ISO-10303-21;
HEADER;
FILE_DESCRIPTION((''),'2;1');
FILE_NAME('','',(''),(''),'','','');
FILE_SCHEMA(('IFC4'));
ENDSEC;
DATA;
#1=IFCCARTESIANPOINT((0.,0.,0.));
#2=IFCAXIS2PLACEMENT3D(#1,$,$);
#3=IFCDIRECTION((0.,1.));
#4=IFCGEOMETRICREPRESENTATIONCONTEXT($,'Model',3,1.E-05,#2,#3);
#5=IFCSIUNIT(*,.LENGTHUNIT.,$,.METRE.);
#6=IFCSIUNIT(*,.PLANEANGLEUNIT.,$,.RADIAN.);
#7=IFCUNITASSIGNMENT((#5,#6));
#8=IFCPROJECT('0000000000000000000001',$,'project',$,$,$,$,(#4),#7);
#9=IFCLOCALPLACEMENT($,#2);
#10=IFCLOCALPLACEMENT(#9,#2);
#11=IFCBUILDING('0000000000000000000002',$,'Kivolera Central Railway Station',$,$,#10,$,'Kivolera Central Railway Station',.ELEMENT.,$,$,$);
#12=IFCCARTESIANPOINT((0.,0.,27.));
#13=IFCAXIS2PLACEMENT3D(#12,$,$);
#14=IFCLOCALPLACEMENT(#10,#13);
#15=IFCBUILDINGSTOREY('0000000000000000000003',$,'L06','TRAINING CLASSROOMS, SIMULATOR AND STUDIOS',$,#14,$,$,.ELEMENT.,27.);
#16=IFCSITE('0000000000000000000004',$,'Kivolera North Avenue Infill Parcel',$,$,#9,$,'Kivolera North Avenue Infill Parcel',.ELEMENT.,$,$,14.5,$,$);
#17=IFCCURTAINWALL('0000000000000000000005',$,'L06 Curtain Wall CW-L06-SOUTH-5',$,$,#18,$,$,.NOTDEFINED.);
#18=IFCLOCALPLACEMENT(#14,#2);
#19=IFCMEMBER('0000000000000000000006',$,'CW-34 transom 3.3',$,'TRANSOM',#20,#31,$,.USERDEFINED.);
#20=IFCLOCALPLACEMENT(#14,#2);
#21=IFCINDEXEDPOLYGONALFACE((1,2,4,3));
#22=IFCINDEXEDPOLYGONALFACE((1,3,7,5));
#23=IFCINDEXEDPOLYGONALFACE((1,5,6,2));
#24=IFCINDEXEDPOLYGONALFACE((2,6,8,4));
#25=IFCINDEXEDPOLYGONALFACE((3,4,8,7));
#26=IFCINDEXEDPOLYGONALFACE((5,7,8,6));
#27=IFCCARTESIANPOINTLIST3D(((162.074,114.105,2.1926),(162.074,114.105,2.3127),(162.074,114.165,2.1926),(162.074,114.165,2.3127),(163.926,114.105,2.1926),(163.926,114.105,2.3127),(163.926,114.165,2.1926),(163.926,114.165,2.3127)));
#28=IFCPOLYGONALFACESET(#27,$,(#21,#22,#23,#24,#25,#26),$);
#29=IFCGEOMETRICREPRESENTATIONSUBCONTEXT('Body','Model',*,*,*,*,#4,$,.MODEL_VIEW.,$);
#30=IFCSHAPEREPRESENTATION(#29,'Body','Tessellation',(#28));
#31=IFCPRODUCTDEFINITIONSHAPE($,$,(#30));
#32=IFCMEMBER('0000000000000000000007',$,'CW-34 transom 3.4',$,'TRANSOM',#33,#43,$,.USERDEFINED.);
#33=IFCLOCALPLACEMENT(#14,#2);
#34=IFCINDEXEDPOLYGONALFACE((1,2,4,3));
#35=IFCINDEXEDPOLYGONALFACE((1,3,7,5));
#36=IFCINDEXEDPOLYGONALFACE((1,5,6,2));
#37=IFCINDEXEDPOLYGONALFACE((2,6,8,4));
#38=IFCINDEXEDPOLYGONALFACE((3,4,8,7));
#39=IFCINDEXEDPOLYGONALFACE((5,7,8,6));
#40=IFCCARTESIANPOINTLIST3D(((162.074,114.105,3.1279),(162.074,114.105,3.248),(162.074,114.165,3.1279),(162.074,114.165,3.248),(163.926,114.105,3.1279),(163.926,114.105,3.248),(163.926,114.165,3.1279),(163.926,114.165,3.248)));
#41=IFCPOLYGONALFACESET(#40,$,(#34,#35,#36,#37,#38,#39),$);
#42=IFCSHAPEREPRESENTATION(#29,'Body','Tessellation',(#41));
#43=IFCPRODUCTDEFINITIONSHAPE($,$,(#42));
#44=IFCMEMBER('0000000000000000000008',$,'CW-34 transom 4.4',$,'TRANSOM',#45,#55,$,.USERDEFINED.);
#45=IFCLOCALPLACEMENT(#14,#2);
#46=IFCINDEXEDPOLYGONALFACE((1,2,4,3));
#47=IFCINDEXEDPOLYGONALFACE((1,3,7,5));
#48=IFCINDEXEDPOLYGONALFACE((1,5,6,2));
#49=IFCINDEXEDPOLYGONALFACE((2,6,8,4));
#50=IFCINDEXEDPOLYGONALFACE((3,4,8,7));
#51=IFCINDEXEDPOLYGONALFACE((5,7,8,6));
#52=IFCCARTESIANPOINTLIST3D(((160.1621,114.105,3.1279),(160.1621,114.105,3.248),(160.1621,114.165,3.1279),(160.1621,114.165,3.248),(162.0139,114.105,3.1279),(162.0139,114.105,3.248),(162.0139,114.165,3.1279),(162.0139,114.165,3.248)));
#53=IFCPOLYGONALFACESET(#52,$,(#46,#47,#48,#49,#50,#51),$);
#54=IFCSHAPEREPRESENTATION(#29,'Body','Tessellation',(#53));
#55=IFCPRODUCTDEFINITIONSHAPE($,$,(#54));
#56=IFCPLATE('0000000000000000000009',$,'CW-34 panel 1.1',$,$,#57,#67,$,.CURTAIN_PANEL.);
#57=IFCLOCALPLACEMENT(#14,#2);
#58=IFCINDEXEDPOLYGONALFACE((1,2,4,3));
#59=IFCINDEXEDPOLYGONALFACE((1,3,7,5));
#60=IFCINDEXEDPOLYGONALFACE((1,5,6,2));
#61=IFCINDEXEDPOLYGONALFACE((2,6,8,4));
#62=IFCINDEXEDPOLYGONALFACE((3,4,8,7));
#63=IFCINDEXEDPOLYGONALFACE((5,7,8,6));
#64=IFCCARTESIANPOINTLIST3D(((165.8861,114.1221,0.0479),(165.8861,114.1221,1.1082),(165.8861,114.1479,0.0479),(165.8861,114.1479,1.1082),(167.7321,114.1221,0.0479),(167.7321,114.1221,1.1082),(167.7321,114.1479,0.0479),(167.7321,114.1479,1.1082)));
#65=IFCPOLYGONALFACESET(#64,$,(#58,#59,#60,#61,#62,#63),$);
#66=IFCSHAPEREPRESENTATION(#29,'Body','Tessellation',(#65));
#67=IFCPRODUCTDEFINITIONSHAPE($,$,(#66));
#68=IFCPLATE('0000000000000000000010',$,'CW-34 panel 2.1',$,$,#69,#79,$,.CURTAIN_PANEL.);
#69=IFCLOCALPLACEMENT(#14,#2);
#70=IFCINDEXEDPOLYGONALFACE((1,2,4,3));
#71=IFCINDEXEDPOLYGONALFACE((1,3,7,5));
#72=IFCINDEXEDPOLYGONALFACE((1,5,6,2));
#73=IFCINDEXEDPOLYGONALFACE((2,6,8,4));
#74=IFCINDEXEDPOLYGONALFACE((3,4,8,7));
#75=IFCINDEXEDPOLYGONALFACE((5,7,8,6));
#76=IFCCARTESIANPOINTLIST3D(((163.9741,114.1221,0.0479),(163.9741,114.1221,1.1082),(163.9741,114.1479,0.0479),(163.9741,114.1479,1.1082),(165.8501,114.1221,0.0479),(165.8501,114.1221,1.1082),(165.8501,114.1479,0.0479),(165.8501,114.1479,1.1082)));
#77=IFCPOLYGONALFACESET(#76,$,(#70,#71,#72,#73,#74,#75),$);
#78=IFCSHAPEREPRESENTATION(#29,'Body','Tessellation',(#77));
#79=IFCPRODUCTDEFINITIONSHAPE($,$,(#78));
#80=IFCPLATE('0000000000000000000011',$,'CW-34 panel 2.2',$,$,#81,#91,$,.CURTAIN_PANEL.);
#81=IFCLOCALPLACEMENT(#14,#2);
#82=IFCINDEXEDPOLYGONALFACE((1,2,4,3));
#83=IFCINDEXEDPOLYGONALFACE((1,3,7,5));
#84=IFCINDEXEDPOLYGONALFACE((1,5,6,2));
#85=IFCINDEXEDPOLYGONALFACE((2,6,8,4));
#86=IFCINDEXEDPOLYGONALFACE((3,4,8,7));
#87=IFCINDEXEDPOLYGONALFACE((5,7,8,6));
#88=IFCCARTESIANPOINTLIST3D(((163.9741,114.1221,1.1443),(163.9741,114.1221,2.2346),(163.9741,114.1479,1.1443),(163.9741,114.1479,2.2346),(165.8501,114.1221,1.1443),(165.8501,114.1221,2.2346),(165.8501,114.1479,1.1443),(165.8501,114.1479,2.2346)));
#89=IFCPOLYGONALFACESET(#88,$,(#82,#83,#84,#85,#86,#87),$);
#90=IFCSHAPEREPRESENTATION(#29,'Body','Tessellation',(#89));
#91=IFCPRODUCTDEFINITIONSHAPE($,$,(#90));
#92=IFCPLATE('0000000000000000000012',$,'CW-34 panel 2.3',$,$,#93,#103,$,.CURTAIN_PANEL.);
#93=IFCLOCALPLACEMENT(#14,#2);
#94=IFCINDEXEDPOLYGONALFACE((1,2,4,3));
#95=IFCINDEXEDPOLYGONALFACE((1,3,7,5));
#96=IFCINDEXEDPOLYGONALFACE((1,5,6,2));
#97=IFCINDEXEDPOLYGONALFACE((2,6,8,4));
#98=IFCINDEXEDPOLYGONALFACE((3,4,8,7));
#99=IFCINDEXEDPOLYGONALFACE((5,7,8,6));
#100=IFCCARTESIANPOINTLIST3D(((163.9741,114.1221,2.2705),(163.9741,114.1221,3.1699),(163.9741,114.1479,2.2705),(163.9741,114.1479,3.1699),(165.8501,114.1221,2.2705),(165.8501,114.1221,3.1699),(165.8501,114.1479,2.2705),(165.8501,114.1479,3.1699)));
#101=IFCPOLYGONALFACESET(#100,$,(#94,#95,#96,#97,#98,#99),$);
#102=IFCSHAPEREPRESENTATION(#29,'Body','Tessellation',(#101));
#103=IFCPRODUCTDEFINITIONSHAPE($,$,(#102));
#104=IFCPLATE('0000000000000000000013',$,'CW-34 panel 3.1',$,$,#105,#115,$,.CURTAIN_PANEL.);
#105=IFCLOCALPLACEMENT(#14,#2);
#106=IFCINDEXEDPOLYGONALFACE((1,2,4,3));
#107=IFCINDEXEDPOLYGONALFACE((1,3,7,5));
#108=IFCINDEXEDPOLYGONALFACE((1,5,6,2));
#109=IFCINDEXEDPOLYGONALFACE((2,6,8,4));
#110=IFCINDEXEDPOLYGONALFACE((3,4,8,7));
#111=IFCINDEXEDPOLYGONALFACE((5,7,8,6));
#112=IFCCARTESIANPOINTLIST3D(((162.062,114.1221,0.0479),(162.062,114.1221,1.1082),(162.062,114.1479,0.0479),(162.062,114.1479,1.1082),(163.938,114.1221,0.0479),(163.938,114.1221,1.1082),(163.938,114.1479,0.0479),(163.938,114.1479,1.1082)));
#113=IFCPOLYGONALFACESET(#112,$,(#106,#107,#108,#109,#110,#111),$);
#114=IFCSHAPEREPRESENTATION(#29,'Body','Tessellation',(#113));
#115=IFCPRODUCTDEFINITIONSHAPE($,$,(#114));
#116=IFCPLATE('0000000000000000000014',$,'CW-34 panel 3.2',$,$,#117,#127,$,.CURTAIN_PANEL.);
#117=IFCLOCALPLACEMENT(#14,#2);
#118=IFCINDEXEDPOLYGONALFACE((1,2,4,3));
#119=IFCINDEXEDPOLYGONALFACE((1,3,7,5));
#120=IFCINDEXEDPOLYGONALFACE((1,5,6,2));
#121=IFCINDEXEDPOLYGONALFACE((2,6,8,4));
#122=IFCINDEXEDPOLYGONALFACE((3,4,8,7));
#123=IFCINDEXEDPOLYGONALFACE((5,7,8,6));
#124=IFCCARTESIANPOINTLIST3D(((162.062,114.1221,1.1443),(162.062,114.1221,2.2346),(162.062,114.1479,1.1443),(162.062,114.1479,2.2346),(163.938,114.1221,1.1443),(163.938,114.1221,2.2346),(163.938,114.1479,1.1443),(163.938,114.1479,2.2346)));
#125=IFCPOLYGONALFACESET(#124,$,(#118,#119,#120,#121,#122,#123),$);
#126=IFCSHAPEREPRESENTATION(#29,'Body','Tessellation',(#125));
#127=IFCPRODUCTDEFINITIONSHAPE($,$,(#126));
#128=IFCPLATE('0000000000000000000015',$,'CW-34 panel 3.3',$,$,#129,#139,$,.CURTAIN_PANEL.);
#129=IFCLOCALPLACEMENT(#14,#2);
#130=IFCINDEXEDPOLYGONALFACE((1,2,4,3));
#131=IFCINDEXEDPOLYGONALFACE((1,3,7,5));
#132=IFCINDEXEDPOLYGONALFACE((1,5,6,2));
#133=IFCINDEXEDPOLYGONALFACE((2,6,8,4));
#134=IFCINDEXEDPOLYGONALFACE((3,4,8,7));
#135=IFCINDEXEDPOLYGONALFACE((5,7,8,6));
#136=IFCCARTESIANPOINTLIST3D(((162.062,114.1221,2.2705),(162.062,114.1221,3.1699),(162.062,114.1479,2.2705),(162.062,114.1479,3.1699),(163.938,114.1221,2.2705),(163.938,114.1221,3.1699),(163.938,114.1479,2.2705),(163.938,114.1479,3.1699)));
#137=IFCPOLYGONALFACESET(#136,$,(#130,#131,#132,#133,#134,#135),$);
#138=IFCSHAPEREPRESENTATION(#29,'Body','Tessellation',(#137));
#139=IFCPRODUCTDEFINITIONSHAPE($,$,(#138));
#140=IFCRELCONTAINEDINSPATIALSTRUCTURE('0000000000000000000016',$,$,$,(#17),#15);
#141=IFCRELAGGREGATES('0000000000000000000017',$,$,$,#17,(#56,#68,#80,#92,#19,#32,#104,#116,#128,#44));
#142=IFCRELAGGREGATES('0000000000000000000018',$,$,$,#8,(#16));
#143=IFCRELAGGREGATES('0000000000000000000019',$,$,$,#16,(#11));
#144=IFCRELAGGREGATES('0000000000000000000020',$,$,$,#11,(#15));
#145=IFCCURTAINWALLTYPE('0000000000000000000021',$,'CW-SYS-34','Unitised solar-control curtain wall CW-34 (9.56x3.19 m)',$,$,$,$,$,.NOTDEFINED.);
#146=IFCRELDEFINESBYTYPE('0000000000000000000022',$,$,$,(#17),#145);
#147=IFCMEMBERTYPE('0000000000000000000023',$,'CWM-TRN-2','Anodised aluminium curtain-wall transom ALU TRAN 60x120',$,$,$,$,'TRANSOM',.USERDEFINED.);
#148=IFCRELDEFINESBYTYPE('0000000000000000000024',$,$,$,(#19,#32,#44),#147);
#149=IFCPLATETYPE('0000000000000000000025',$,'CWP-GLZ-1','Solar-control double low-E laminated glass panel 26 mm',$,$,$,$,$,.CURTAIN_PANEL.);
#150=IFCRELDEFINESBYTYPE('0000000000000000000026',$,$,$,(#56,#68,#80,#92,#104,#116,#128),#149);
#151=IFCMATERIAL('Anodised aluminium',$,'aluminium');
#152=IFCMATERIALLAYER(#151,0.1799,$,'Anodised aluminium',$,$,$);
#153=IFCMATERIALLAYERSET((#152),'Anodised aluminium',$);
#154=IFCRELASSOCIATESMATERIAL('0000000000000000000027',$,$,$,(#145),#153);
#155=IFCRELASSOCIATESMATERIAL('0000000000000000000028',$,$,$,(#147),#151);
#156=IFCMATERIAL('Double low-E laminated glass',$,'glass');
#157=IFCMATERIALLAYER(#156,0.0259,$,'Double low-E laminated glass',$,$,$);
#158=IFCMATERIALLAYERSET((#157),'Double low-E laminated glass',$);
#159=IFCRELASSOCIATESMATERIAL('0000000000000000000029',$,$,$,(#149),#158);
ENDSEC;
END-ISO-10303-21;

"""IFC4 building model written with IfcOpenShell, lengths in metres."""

from ifc_helpers import new_model, si_unit, direction, frame, origin, origin_2d, place, context, subcontext, project, spatial, rectangle, extrude, material, layer, layer_set, material_profile, profile_set, type_object, element, aggregate, save


model = new_model("IFC4")

# Units and contexts
model_context = context("Model", 3, precision=1e-05, world=origin(), true_north=direction((0.0, 1.0)))
body_context = subcontext(model_context, "Body", "Model", "MODEL_VIEW")
ifc_project = project(units=[si_unit("LENGTHUNIT", "METRE"), si_unit("PLANEANGLEUNIT", "RADIAN")], contexts=[model_context])

# Site, building, storey
site_placement = place(None, origin())
site = spatial("IfcSite", under=ifc_project, at=site_placement, Name="Kivolera North Avenue Infill Parcel", LongName="Kivolera North Avenue Infill Parcel", CompositionType="ELEMENT", RefElevation=14.5)
building_placement = place(site_placement, origin())
building = spatial("IfcBuilding", under=site, at=building_placement, Name="Kivolera Central Railway Station", LongName="Kivolera Central Railway Station", CompositionType="ELEMENT")
storey_placement = place(building_placement, frame((0.0, 0.0, 27.0)))
storey = spatial("IfcBuildingStorey", under=building, at=storey_placement, Name="L06", Description="TRAINING CLASSROOMS, SIMULATOR AND STUDIOS", CompositionType="ELEMENT", Elevation=27.0)

# Curtain wall, members, plates
ifc_material_1 = material(Name="Anodised aluminium", Category="aluminium")
ifc_layer_1 = layer(ifc_material_1, 0.1799, Name="Anodised aluminium")
ifc_layer_set_1 = layer_set([ifc_layer_1], Name="Anodised aluminium")
curtain_wall_type = type_object("IfcCurtainWallType", Name="CW-SYS-34", Description="Unitised solar-control curtain wall CW-34 (9.56x3.19 m)", PredefinedType="NOTDEFINED", material=ifc_layer_set_1)
curtain_wall_placement = place(storey_placement, origin())
curtain_wall = element("IfcCurtainWall", 1, at=curtain_wall_placement, inside=storey, type_object=curtain_wall_type, Name="L06 Curtain Wall CW-L06-SOUTH-5", PredefinedType="NOTDEFINED")
ifc_material_profile_1 = material_profile(ifc_material_1, rectangle(XDim=0.0601, YDim=0.1201, at=origin_2d()), Name="ALU TRAN 60x120")
ifc_profile_set_1 = profile_set([ifc_material_profile_1], Name="Anodised aluminium")
member_type_1 = type_object("IfcMemberType", Name="CWM-TRN-2", Description="Anodised aluminium curtain-wall transom ALU TRAN 60x120", ElementType="TRANSOM", PredefinedType="USERDEFINED", material=ifc_profile_set_1)
member_1_placement = place(storey_placement, frame((163.926, 114.135, 2.2527), z_axis=(-1.0, 0.0, 0.0), x_axis=(0.0, -1.0, 0.0)))
member_1 = element("IfcMember", 2, at=member_1_placement, type_object=member_type_1, Name="CW-34 transom 3.3", ObjectType="TRANSOM", PredefinedType="USERDEFINED", context=body_context, shape_type="SweptSolid", body=[
    extrude(rectangle(XDim=0.0601, YDim=0.1201, at=origin_2d()), origin(), (0.0, 0.0, 1.0), 1.8521),
])
member_2_placement = place(storey_placement, frame((163.926, 114.135, 3.188), z_axis=(-1.0, 0.0, 0.0), x_axis=(0.0, -1.0, 0.0)))
member_2 = element("IfcMember", 3, at=member_2_placement, type_object=member_type_1, Name="CW-34 transom 3.4", ObjectType="TRANSOM", PredefinedType="USERDEFINED", context=body_context, shape_type="SweptSolid", body=[
    extrude(rectangle(XDim=0.0601, YDim=0.1201, at=origin_2d()), origin(), (0.0, 0.0, 1.0), 1.8521),
])
member_3_placement = place(storey_placement, frame((162.0139, 114.135, 3.188), z_axis=(-1.0, 0.0, 0.0), x_axis=(0.0, -1.0, 0.0)))
member_3 = element("IfcMember", 4, at=member_3_placement, type_object=member_type_1, Name="CW-34 transom 4.4", ObjectType="TRANSOM", PredefinedType="USERDEFINED", context=body_context, shape_type="SweptSolid", body=[
    extrude(rectangle(XDim=0.0601, YDim=0.1201, at=origin_2d()), origin(), (0.0, 0.0, 1.0), 1.8518),
])
ifc_material_2 = material(Name="Double low-E laminated glass", Category="glass")
ifc_layer_2 = layer(ifc_material_2, 0.0259, Name="Double low-E laminated glass")
ifc_layer_set_2 = layer_set([ifc_layer_2], Name="Double low-E laminated glass")
plate_type = type_object("IfcPlateType", Name="CWP-GLZ-1", Description="Solar-control double low-E laminated glass panel 26 mm", PredefinedType="CURTAIN_PANEL", material=ifc_layer_set_2)
plate_1_placement = place(storey_placement, frame((166.8091, 114.135, 0.0479), z_axis=(0.0, 0.0, 1.0), x_axis=(-1.0, 0.0, 0.0)))
plate_1 = element("IfcPlate", 5, at=plate_1_placement, type_object=plate_type, Name="CW-34 panel 1.1", PredefinedType="CURTAIN_PANEL", context=body_context, shape_type="SweptSolid", body=[
    extrude(rectangle(XDim=1.8459, YDim=0.0259, at=origin_2d()), origin(), (0.0, 0.0, 1.0), 1.0603),
])
plate_2_placement = place(storey_placement, frame((164.9121, 114.135, 0.0479), z_axis=(0.0, 0.0, 1.0), x_axis=(-1.0, 0.0, 0.0)))
plate_2 = element("IfcPlate", 6, at=plate_2_placement, type_object=plate_type, Name="CW-34 panel 2.1", PredefinedType="CURTAIN_PANEL", context=body_context, shape_type="SweptSolid", body=[
    extrude(rectangle(XDim=1.876, YDim=0.0259, at=origin_2d()), origin(), (0.0, 0.0, 1.0), 1.0603),
])
plate_3_placement = place(storey_placement, frame((164.9121, 114.135, 1.1443), z_axis=(0.0, 0.0, 1.0), x_axis=(-1.0, 0.0, 0.0)))
plate_3 = element("IfcPlate", 7, at=plate_3_placement, type_object=plate_type, Name="CW-34 panel 2.2", PredefinedType="CURTAIN_PANEL", context=body_context, shape_type="SweptSolid", body=[
    extrude(rectangle(XDim=1.876, YDim=0.0259, at=origin_2d()), origin(), (0.0, 0.0, 1.0), 1.0903),
])
plate_4_placement = place(storey_placement, frame((164.9121, 114.135, 2.2705), z_axis=(0.0, 0.0, 1.0), x_axis=(-1.0, 0.0, 0.0)))
plate_4 = element("IfcPlate", 8, at=plate_4_placement, type_object=plate_type, Name="CW-34 panel 2.3", PredefinedType="CURTAIN_PANEL", context=body_context, shape_type="SweptSolid", body=[
    extrude(rectangle(XDim=1.876, YDim=0.0259, at=origin_2d()), origin(), (0.0, 0.0, 1.0), 0.8994),
])
plate_5_placement = place(storey_placement, frame((163.0, 114.135, 0.0479), z_axis=(0.0, 0.0, 1.0), x_axis=(-1.0, 0.0, 0.0)))
plate_5 = element("IfcPlate", 9, at=plate_5_placement, type_object=plate_type, Name="CW-34 panel 3.1", PredefinedType="CURTAIN_PANEL", context=body_context, shape_type="SweptSolid", body=[
    extrude(rectangle(XDim=1.876, YDim=0.0259, at=origin_2d()), origin(), (0.0, 0.0, 1.0), 1.0603),
])
plate_6_placement = place(storey_placement, frame((163.0, 114.135, 1.1443), z_axis=(0.0, 0.0, 1.0), x_axis=(-1.0, 0.0, 0.0)))
plate_6 = element("IfcPlate", 10, at=plate_6_placement, type_object=plate_type, Name="CW-34 panel 3.2", PredefinedType="CURTAIN_PANEL", context=body_context, shape_type="SweptSolid", body=[
    extrude(rectangle(XDim=1.876, YDim=0.0259, at=origin_2d()), origin(), (0.0, 0.0, 1.0), 1.0903),
])
plate_7_placement = place(storey_placement, frame((163.0, 114.135, 2.2705), z_axis=(0.0, 0.0, 1.0), x_axis=(-1.0, 0.0, 0.0)))
plate_7 = element("IfcPlate", 11, at=plate_7_placement, type_object=plate_type, Name="CW-34 panel 3.3", PredefinedType="CURTAIN_PANEL", context=body_context, shape_type="SweptSolid", body=[
    extrude(rectangle(XDim=1.876, YDim=0.0259, at=origin_2d()), origin(), (0.0, 0.0, 1.0), 0.8994),
])
aggregate(curtain_wall, [plate_1, plate_2, plate_3, plate_4, member_1, member_2, plate_5, plate_6, plate_7, member_3])

save(model, "model.ifc")
